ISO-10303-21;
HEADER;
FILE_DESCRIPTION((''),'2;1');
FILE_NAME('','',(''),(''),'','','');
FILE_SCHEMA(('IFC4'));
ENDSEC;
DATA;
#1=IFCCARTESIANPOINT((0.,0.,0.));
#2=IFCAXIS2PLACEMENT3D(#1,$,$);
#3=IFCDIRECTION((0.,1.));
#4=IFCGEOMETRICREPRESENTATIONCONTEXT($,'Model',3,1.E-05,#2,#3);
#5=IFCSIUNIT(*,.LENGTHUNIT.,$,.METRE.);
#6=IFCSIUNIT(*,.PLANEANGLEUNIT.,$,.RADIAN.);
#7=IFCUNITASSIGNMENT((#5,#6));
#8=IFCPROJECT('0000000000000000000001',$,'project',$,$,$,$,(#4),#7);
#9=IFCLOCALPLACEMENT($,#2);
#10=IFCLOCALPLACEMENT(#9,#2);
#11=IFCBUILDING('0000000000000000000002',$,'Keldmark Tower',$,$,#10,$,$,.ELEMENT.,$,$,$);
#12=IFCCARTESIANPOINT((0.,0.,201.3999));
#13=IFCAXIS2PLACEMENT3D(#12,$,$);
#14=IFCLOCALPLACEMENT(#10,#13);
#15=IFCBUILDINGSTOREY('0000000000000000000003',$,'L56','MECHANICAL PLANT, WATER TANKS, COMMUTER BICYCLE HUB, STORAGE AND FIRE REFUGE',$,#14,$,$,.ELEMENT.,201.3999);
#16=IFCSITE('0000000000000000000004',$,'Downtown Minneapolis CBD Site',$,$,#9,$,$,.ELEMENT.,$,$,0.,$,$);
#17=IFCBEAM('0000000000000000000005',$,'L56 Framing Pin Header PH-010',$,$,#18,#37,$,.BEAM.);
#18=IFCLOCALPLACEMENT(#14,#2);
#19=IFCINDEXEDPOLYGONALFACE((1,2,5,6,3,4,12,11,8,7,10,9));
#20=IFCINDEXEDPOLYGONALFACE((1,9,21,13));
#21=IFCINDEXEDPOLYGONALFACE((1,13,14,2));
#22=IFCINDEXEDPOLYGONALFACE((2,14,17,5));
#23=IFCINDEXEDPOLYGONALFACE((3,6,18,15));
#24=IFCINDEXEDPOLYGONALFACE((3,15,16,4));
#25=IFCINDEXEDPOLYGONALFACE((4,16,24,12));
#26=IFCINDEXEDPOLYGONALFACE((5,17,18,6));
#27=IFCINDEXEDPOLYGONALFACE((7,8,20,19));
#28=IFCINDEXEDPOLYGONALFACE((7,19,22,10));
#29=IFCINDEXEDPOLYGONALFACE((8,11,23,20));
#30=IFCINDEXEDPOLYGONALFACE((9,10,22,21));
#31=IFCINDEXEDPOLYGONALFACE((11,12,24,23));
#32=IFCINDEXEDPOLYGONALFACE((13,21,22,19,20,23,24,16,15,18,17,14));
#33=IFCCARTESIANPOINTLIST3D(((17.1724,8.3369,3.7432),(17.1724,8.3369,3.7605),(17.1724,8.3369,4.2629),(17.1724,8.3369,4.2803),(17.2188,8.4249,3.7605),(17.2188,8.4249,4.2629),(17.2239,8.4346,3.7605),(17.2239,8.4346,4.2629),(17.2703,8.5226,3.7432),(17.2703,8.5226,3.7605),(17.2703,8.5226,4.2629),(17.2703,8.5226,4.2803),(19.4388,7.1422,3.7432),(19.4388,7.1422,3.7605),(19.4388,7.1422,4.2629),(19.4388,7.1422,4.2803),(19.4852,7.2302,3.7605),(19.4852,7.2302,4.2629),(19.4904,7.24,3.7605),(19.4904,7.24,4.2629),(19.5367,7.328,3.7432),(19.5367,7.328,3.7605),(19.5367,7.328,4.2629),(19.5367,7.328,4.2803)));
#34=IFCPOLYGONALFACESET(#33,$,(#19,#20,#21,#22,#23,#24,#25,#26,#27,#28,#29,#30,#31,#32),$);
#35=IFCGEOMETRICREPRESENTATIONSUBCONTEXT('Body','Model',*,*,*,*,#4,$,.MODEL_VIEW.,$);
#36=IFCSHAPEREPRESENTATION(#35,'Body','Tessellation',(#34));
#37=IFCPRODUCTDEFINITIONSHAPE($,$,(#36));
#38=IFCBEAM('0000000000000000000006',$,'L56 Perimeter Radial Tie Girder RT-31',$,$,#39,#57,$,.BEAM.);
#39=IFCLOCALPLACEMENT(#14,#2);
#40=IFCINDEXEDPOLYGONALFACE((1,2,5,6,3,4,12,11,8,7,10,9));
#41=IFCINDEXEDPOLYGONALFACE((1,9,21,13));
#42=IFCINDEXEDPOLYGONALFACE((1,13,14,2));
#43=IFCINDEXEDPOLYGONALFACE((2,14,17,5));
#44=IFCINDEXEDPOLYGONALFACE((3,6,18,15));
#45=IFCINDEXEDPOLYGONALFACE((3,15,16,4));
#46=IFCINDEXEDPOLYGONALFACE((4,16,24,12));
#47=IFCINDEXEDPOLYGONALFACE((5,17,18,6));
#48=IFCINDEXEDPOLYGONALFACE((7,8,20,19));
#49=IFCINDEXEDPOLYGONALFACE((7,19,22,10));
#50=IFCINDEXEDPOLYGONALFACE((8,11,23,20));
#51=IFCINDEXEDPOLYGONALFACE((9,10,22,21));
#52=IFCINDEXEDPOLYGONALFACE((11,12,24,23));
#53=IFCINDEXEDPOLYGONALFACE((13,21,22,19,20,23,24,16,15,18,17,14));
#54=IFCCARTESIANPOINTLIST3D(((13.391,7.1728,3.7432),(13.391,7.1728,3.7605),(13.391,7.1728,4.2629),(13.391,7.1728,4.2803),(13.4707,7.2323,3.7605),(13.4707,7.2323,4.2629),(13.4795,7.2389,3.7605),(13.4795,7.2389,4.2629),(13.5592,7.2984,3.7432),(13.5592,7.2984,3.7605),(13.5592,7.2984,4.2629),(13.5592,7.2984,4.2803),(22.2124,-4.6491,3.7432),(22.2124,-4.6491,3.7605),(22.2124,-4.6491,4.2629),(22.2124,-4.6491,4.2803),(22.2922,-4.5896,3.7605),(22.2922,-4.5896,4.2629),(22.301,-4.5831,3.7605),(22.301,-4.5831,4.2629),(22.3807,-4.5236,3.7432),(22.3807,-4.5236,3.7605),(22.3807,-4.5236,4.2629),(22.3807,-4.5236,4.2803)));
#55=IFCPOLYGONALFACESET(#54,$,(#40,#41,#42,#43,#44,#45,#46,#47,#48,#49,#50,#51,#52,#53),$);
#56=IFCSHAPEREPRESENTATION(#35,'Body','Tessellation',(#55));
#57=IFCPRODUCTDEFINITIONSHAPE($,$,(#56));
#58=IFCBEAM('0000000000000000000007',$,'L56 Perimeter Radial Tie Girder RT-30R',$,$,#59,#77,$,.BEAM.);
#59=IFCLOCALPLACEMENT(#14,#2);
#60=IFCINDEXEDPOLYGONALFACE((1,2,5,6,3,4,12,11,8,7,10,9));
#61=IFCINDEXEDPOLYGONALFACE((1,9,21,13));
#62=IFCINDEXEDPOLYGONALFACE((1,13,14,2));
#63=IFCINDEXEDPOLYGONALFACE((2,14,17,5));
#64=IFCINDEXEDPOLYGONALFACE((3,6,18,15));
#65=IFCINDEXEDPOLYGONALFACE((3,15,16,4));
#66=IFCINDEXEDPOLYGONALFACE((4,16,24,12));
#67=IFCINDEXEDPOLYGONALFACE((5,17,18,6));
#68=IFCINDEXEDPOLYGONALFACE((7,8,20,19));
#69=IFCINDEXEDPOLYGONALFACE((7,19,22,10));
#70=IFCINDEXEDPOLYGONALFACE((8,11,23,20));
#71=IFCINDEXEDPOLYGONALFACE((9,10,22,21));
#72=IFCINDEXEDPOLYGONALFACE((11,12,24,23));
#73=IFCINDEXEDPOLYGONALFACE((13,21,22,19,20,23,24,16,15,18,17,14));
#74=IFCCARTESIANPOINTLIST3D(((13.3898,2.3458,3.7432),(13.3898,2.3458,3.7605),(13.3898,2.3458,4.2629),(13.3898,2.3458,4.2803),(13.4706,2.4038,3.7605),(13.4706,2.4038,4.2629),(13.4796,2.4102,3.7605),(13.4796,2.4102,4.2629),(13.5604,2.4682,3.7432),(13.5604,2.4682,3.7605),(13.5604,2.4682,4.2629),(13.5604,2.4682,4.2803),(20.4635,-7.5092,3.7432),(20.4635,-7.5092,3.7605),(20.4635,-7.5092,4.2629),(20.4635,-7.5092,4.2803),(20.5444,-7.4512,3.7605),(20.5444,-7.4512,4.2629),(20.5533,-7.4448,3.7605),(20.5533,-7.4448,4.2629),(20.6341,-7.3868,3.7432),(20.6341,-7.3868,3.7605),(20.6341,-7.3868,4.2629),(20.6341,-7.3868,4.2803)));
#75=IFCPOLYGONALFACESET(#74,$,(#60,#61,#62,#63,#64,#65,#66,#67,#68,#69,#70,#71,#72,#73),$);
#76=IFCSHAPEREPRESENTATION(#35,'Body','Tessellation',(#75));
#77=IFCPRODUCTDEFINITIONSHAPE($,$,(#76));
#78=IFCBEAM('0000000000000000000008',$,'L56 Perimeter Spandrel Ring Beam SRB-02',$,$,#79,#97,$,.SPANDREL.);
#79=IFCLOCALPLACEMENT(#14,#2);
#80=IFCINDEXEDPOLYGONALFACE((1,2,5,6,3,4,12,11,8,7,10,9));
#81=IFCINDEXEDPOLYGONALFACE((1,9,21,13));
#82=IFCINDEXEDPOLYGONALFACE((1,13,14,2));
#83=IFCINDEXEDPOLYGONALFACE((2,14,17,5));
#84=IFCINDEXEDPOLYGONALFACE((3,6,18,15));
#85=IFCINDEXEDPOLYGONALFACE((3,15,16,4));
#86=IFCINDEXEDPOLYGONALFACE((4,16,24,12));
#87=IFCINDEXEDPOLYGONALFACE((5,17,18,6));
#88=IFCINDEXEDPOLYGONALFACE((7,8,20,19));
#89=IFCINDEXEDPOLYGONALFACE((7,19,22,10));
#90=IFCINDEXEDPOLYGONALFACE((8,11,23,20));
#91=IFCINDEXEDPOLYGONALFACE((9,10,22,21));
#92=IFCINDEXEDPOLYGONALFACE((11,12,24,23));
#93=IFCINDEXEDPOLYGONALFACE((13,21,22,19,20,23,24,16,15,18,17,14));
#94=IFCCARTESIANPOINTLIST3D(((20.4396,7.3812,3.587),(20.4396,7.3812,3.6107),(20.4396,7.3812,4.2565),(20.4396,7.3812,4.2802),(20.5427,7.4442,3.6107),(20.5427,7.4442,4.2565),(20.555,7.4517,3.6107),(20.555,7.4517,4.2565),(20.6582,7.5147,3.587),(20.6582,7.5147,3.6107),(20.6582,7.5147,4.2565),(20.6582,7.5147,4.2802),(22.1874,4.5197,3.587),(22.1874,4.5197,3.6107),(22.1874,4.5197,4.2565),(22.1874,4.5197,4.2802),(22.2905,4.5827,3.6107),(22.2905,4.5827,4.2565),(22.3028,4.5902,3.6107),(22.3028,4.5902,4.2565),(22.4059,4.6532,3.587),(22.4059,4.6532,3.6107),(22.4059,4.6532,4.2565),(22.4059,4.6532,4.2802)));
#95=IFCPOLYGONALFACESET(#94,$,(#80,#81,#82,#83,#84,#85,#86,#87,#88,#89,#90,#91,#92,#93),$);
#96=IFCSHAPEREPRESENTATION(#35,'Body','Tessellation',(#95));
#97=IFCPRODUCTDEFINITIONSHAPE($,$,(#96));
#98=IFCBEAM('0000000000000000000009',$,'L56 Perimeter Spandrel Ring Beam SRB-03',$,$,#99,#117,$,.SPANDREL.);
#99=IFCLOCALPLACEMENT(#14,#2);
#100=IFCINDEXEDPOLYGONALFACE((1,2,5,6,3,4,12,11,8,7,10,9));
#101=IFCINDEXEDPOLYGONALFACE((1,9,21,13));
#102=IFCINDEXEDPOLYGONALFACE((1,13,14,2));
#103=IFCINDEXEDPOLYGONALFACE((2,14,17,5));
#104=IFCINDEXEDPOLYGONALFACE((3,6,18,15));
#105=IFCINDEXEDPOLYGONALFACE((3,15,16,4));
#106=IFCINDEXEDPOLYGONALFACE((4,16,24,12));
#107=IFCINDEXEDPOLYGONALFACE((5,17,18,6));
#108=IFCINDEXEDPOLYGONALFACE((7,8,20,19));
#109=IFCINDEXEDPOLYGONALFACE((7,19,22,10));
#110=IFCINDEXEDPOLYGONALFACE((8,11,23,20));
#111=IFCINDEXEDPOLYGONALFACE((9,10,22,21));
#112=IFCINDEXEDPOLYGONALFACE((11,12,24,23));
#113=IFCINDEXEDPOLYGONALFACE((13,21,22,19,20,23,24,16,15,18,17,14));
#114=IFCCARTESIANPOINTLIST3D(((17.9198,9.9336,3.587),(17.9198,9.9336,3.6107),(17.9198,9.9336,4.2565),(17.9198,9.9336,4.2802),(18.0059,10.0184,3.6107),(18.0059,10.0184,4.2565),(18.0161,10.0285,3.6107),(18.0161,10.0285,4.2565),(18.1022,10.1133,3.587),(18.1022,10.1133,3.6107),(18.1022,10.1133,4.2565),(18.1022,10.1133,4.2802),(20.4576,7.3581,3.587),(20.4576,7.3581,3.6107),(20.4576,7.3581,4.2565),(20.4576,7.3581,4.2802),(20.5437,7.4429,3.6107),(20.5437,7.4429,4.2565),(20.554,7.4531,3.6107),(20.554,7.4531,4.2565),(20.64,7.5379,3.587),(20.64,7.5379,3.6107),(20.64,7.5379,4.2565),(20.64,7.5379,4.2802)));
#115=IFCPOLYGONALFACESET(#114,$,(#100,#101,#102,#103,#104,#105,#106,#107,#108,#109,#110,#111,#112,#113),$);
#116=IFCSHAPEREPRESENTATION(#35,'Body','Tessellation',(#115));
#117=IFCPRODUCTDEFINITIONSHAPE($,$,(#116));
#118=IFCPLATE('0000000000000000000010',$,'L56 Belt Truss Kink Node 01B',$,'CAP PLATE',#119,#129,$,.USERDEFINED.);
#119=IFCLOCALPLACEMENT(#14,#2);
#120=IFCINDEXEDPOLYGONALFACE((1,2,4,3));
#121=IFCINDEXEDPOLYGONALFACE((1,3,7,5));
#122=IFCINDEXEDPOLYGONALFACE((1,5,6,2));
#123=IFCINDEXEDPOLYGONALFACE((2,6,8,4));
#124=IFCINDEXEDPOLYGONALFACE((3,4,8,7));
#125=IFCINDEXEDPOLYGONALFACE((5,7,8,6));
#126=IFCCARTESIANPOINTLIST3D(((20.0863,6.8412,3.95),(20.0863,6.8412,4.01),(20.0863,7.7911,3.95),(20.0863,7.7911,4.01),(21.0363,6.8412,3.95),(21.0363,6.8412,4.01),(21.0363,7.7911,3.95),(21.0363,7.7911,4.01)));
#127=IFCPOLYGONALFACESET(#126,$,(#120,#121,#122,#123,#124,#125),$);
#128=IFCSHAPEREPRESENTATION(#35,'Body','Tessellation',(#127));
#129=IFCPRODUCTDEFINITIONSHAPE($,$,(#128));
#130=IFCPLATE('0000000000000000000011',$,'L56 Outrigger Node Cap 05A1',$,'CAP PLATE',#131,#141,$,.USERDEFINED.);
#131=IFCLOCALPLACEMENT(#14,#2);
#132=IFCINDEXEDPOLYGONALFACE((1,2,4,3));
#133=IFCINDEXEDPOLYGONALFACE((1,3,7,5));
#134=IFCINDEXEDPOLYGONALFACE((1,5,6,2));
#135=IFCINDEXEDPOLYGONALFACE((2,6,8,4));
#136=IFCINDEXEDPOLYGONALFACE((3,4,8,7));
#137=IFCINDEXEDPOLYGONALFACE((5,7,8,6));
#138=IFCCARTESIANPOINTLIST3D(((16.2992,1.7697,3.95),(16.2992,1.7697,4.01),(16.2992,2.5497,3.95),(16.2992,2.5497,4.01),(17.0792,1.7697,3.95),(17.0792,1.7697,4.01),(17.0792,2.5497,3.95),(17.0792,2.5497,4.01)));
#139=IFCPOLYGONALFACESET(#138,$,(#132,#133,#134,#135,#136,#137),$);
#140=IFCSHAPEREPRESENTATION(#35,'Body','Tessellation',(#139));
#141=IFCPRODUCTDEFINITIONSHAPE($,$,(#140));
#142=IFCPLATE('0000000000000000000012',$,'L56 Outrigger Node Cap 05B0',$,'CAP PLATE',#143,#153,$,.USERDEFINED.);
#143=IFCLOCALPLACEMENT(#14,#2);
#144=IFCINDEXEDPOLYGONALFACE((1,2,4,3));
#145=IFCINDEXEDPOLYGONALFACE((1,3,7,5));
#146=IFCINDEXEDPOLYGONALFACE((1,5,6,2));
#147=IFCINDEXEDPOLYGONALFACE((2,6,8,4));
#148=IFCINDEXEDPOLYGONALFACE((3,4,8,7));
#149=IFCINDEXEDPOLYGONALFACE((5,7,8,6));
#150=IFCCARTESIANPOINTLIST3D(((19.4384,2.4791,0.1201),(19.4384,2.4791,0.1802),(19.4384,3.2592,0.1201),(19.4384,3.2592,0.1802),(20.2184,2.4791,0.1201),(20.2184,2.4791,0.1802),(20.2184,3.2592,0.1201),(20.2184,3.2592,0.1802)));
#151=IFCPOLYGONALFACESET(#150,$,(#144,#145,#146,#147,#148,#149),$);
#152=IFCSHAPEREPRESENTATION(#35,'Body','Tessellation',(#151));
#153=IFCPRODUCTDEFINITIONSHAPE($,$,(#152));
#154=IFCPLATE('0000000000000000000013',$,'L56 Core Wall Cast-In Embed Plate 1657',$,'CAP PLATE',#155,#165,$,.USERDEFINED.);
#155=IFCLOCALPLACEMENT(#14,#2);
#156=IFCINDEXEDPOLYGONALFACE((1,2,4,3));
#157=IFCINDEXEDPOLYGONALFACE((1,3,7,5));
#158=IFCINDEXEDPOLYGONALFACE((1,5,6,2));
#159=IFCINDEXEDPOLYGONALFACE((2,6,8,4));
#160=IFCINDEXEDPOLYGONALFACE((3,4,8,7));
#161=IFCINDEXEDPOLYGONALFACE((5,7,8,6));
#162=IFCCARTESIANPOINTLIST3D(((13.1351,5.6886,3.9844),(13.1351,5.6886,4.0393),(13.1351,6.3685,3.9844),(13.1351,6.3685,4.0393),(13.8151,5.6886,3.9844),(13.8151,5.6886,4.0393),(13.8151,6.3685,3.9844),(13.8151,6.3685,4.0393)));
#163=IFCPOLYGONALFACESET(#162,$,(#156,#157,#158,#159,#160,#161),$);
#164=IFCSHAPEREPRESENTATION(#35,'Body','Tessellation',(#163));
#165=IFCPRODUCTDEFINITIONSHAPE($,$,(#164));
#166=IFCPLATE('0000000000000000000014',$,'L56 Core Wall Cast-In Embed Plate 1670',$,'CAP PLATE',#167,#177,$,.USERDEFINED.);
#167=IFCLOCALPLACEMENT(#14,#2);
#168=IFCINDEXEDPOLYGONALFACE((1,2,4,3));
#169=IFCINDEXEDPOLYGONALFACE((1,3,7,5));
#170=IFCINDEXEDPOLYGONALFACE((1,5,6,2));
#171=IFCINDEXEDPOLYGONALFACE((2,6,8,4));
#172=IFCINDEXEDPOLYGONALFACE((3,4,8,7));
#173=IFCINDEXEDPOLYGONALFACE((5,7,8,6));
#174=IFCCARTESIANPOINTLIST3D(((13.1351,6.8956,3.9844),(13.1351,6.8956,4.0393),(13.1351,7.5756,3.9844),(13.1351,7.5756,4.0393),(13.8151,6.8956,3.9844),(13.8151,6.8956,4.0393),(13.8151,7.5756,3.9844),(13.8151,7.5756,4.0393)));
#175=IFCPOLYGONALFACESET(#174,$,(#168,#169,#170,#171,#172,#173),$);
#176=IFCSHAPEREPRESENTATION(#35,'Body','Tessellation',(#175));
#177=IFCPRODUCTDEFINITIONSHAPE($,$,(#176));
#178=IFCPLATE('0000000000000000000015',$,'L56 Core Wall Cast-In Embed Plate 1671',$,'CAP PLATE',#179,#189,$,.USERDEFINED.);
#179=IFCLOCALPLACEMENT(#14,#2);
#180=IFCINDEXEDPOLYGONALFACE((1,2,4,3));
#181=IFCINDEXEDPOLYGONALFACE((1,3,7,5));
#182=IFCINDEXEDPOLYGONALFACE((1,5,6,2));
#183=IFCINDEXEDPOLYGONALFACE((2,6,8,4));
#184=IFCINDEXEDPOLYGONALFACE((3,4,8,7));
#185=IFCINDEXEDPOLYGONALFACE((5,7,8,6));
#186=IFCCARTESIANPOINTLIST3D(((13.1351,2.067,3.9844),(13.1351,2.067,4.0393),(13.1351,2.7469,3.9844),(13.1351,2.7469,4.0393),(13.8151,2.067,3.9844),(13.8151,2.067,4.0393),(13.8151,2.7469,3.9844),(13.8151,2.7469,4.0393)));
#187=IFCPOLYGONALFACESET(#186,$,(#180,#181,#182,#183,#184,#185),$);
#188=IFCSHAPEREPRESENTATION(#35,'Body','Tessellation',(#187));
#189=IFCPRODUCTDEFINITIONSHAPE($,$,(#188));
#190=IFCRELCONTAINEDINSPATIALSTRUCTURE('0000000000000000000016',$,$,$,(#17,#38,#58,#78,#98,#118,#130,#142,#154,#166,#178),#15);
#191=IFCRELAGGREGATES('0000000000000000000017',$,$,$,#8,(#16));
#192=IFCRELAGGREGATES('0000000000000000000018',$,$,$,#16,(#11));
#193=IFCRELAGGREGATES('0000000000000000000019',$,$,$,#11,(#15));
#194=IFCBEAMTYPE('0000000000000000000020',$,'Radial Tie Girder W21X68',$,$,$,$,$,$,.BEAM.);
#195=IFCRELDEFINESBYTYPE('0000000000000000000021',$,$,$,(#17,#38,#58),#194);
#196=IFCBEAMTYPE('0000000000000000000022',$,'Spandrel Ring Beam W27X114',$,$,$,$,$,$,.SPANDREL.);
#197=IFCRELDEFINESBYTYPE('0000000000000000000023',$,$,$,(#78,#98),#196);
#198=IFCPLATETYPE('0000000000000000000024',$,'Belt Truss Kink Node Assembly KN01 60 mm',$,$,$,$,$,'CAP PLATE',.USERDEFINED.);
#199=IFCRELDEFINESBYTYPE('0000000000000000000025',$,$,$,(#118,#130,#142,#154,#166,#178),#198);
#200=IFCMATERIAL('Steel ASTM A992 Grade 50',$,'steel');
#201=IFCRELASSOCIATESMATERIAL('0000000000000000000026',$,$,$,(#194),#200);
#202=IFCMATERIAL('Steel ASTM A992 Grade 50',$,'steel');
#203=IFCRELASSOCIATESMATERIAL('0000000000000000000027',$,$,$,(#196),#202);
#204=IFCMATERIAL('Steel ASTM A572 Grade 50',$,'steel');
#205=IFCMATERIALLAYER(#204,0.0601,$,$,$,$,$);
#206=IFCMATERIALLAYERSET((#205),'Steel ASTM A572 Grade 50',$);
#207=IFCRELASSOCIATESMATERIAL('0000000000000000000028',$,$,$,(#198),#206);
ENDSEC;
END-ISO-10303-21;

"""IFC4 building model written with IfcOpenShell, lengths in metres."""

from ifc_helpers import new_model, si_unit, direction, frame, origin, origin_2d, place, context, subcontext, project, spatial, rectangle, i_section, extrude, material, layer, layer_set, material_profile, profile_set, type_object, element, save


model = new_model("IFC4")

# Units and contexts
model_context = context("Model", 3, precision=1e-05, world=origin(), true_north=direction((0.0, 1.0)))
body_context = subcontext(model_context, "Body", "Model", "MODEL_VIEW")
ifc_project = project(units=[si_unit("LENGTHUNIT", "METRE"), si_unit("PLANEANGLEUNIT", "RADIAN")], contexts=[model_context])

# Site, building, storey
site_placement = place(None, origin())
site = spatial("IfcSite", under=ifc_project, at=site_placement, Name="Downtown Minneapolis CBD Site", CompositionType="ELEMENT", RefElevation=0.0)
building_placement = place(site_placement, origin())
building = spatial("IfcBuilding", under=site, at=building_placement, Name="Keldmark Tower", CompositionType="ELEMENT")
storey_placement = place(building_placement, frame((0.0, 0.0, 201.3999)))
storey = spatial("IfcBuildingStorey", under=building, at=storey_placement, Name="L56", Description="MECHANICAL PLANT, WATER TANKS, COMMUTER BICYCLE HUB, STORAGE AND FIRE REFUGE", CompositionType="ELEMENT", Elevation=201.3999)

# Beams
ifc_material_1 = material(Name="Steel ASTM A992 Grade 50", Category="steel")
ifc_material_profile_1 = material_profile(ifc_material_1, i_section(OverallWidth=0.21, OverallDepth=0.5371, WebThickness=0.011, FlangeThickness=0.0173, at=origin_2d()), Name="W21X68")
ifc_profile_set_1 = profile_set([ifc_material_profile_1], Name="Steel ASTM A992 Grade 50")
beam_type_1 = type_object("IfcBeamType", Name="Radial Tie Girder W21X68", PredefinedType="BEAM", material=ifc_profile_set_1)
beam_1_placement = place(storey_placement, frame((19.4878, 7.2351, 4.0117), z_axis=(-0.884635, 0.466284, 0.0), x_axis=(-0.466284, -0.884635, 0.0)))
element("IfcBeam", 1, at=beam_1_placement, inside=storey, type_object=beam_type_1, Name="L56 Framing Pin Header PH-010", PredefinedType="BEAM", context=body_context, shape_type="SweptSolid", body=[
    extrude(i_section(OverallWidth=0.21, OverallDepth=0.5371, WebThickness=0.011, FlangeThickness=0.0173, at=origin_2d()), origin(), (0.0, 0.0, 1.0), 2.562),
])
beam_2_placement = place(storey_placement, frame((13.4751, 7.2356, 4.0117), z_axis=(0.598046, -0.801461, 0.0), x_axis=(0.801461, 0.598046, 0.0)))
element("IfcBeam", 2, at=beam_2_placement, inside=storey, type_object=beam_type_1, Name="L56 Perimeter Radial Tie Girder RT-31", PredefinedType="BEAM", context=body_context, shape_type="SweptSolid", body=[
    extrude(i_section(OverallWidth=0.21, OverallDepth=0.5371, WebThickness=0.011, FlangeThickness=0.0173, at=origin_2d()), origin(), (0.0, 0.0, 1.0), 14.7505),
])
beam_3_placement = place(storey_placement, frame((13.4751, 2.407, 4.0117), z_axis=(0.583118, -0.812388, 0.0), x_axis=(0.812388, 0.583118, 0.0)))
element("IfcBeam", 3, at=beam_3_placement, inside=storey, type_object=beam_type_1, Name="L56 Perimeter Radial Tie Girder RT-30R", PredefinedType="BEAM", context=body_context, shape_type="SweptSolid", body=[
    extrude(i_section(OverallWidth=0.21, OverallDepth=0.5371, WebThickness=0.011, FlangeThickness=0.0173, at=origin_2d()), origin(), (0.0, 0.0, 1.0), 12.1309),
])
ifc_material_2 = material(Name="Steel ASTM A992 Grade 50", Category="steel")
ifc_material_profile_2 = material_profile(ifc_material_2, i_section(OverallWidth=0.2561, OverallDepth=0.6931, WebThickness=0.0144, FlangeThickness=0.0237, at=origin_2d()), Name="W27X114")
ifc_profile_set_2 = profile_set([ifc_material_profile_2], Name="Steel ASTM A992 Grade 50")
beam_type_2 = type_object("IfcBeamType", Name="Spandrel Ring Beam W27X114", PredefinedType="SPANDREL", material=ifc_profile_set_2)
beam_4_placement = place(storey_placement, frame((22.2966, 4.5864, 3.9336), z_axis=(-0.521247, 0.853406, 0.0), x_axis=(-0.853406, -0.521247, 0.0)))
element("IfcBeam", 4, at=beam_4_placement, inside=storey, type_object=beam_type_2, Name="L56 Perimeter Spandrel Ring Beam SRB-02", PredefinedType="SPANDREL", context=body_context, shape_type="SweptSolid", body=[
    extrude(i_section(OverallWidth=0.2561, OverallDepth=0.6931, WebThickness=0.0144, FlangeThickness=0.0237, at=origin_2d()), origin(), (0.0, 0.0, 1.0), 3.353),
])
beam_5_placement = place(storey_placement, frame((20.5488, 7.448, 3.9336), z_axis=(-0.701888, 0.712287, 0.0), x_axis=(-0.712287, -0.701888, 0.0)))
element("IfcBeam", 5, at=beam_5_placement, inside=storey, type_object=beam_type_2, Name="L56 Perimeter Spandrel Ring Beam SRB-03", PredefinedType="SPANDREL", context=body_context, shape_type="SweptSolid", body=[
    extrude(i_section(OverallWidth=0.2561, OverallDepth=0.6931, WebThickness=0.0144, FlangeThickness=0.0237, at=origin_2d()), origin(), (0.0, 0.0, 1.0), 3.6157),
])

# Plates
ifc_material_3 = material(Name="Steel ASTM A572 Grade 50", Category="steel")
ifc_layer_1 = layer(ifc_material_3, 0.0601)
ifc_layer_set_1 = layer_set([ifc_layer_1], Name="Steel ASTM A572 Grade 50")
plate_type_1 = type_object("IfcPlateType", Name="Belt Truss Kink Node Assembly KN01 60 mm", ElementType="CAP PLATE", PredefinedType="USERDEFINED", material=ifc_layer_set_1)
plate_1_placement = place(storey_placement, frame((20.5613, 7.3162, 3.95), z_axis=(0.0, 0.0, 1.0), x_axis=(1.0, 0.0, 0.0)))
element("IfcPlate", 6, at=plate_1_placement, inside=storey, type_object=plate_type_1, Name="L56 Belt Truss Kink Node 01B", ObjectType="CAP PLATE", PredefinedType="USERDEFINED", context=body_context, shape_type="SweptSolid", body=[
    extrude(rectangle(XDim=0.95, YDim=0.95, at=origin_2d()), origin(), (0.0, 0.0, 1.0), 0.0601),
])
for number, where, z_axis, x_axis, name in (
    (7, (16.6892, 2.1597, 3.95), (0.0, 0.0, 1.0), (1.0, 0.0, 0.0), "L56 Outrigger Node Cap 05A1"),
    (8, (19.8284, 2.8691, 0.1201), (0.0, 0.0, 1.0), (1.0, 0.0, 0.0), "L56 Outrigger Node Cap 05B0"),
):
    element("IfcPlate", number, at=place(storey_placement, frame(where, z_axis=z_axis, x_axis=x_axis)), inside=storey, type_object=plate_type_1, Name=name, ObjectType="CAP PLATE", PredefinedType="USERDEFINED", context=body_context, shape_type="SweptSolid", body=[
        extrude(rectangle(XDim=0.78, YDim=0.78, at=origin_2d()), origin(), (0.0, 0.0, 1.0), 0.0601),
    ])
for number, where, z_axis, x_axis, name in (
    (9, (13.4751, 6.0286, 3.9844), (0.0, 0.0, 1.0), (1.0, 0.0, 0.0), "L56 Core Wall Cast-In Embed Plate 1657"),
    (10, (13.4751, 7.2356, 3.9844), (0.0, 0.0, 1.0), (1.0, 0.0, 0.0), "L56 Core Wall Cast-In Embed Plate 1670"),
    (11, (13.4751, 2.407, 3.9844), (0.0, 0.0, 1.0), (1.0, 0.0, 0.0), "L56 Core Wall Cast-In Embed Plate 1671"),
):
    element("IfcPlate", number, at=place(storey_placement, frame(where, z_axis=z_axis, x_axis=x_axis)), inside=storey, type_object=plate_type_1, Name=name, ObjectType="CAP PLATE", PredefinedType="USERDEFINED", context=body_context, shape_type="SweptSolid", body=[
        extrude(rectangle(XDim=0.6799, YDim=0.6799, at=origin_2d()), origin(), (0.0, 0.0, 1.0), 0.0549),
    ])

save(model, "model.ifc")
